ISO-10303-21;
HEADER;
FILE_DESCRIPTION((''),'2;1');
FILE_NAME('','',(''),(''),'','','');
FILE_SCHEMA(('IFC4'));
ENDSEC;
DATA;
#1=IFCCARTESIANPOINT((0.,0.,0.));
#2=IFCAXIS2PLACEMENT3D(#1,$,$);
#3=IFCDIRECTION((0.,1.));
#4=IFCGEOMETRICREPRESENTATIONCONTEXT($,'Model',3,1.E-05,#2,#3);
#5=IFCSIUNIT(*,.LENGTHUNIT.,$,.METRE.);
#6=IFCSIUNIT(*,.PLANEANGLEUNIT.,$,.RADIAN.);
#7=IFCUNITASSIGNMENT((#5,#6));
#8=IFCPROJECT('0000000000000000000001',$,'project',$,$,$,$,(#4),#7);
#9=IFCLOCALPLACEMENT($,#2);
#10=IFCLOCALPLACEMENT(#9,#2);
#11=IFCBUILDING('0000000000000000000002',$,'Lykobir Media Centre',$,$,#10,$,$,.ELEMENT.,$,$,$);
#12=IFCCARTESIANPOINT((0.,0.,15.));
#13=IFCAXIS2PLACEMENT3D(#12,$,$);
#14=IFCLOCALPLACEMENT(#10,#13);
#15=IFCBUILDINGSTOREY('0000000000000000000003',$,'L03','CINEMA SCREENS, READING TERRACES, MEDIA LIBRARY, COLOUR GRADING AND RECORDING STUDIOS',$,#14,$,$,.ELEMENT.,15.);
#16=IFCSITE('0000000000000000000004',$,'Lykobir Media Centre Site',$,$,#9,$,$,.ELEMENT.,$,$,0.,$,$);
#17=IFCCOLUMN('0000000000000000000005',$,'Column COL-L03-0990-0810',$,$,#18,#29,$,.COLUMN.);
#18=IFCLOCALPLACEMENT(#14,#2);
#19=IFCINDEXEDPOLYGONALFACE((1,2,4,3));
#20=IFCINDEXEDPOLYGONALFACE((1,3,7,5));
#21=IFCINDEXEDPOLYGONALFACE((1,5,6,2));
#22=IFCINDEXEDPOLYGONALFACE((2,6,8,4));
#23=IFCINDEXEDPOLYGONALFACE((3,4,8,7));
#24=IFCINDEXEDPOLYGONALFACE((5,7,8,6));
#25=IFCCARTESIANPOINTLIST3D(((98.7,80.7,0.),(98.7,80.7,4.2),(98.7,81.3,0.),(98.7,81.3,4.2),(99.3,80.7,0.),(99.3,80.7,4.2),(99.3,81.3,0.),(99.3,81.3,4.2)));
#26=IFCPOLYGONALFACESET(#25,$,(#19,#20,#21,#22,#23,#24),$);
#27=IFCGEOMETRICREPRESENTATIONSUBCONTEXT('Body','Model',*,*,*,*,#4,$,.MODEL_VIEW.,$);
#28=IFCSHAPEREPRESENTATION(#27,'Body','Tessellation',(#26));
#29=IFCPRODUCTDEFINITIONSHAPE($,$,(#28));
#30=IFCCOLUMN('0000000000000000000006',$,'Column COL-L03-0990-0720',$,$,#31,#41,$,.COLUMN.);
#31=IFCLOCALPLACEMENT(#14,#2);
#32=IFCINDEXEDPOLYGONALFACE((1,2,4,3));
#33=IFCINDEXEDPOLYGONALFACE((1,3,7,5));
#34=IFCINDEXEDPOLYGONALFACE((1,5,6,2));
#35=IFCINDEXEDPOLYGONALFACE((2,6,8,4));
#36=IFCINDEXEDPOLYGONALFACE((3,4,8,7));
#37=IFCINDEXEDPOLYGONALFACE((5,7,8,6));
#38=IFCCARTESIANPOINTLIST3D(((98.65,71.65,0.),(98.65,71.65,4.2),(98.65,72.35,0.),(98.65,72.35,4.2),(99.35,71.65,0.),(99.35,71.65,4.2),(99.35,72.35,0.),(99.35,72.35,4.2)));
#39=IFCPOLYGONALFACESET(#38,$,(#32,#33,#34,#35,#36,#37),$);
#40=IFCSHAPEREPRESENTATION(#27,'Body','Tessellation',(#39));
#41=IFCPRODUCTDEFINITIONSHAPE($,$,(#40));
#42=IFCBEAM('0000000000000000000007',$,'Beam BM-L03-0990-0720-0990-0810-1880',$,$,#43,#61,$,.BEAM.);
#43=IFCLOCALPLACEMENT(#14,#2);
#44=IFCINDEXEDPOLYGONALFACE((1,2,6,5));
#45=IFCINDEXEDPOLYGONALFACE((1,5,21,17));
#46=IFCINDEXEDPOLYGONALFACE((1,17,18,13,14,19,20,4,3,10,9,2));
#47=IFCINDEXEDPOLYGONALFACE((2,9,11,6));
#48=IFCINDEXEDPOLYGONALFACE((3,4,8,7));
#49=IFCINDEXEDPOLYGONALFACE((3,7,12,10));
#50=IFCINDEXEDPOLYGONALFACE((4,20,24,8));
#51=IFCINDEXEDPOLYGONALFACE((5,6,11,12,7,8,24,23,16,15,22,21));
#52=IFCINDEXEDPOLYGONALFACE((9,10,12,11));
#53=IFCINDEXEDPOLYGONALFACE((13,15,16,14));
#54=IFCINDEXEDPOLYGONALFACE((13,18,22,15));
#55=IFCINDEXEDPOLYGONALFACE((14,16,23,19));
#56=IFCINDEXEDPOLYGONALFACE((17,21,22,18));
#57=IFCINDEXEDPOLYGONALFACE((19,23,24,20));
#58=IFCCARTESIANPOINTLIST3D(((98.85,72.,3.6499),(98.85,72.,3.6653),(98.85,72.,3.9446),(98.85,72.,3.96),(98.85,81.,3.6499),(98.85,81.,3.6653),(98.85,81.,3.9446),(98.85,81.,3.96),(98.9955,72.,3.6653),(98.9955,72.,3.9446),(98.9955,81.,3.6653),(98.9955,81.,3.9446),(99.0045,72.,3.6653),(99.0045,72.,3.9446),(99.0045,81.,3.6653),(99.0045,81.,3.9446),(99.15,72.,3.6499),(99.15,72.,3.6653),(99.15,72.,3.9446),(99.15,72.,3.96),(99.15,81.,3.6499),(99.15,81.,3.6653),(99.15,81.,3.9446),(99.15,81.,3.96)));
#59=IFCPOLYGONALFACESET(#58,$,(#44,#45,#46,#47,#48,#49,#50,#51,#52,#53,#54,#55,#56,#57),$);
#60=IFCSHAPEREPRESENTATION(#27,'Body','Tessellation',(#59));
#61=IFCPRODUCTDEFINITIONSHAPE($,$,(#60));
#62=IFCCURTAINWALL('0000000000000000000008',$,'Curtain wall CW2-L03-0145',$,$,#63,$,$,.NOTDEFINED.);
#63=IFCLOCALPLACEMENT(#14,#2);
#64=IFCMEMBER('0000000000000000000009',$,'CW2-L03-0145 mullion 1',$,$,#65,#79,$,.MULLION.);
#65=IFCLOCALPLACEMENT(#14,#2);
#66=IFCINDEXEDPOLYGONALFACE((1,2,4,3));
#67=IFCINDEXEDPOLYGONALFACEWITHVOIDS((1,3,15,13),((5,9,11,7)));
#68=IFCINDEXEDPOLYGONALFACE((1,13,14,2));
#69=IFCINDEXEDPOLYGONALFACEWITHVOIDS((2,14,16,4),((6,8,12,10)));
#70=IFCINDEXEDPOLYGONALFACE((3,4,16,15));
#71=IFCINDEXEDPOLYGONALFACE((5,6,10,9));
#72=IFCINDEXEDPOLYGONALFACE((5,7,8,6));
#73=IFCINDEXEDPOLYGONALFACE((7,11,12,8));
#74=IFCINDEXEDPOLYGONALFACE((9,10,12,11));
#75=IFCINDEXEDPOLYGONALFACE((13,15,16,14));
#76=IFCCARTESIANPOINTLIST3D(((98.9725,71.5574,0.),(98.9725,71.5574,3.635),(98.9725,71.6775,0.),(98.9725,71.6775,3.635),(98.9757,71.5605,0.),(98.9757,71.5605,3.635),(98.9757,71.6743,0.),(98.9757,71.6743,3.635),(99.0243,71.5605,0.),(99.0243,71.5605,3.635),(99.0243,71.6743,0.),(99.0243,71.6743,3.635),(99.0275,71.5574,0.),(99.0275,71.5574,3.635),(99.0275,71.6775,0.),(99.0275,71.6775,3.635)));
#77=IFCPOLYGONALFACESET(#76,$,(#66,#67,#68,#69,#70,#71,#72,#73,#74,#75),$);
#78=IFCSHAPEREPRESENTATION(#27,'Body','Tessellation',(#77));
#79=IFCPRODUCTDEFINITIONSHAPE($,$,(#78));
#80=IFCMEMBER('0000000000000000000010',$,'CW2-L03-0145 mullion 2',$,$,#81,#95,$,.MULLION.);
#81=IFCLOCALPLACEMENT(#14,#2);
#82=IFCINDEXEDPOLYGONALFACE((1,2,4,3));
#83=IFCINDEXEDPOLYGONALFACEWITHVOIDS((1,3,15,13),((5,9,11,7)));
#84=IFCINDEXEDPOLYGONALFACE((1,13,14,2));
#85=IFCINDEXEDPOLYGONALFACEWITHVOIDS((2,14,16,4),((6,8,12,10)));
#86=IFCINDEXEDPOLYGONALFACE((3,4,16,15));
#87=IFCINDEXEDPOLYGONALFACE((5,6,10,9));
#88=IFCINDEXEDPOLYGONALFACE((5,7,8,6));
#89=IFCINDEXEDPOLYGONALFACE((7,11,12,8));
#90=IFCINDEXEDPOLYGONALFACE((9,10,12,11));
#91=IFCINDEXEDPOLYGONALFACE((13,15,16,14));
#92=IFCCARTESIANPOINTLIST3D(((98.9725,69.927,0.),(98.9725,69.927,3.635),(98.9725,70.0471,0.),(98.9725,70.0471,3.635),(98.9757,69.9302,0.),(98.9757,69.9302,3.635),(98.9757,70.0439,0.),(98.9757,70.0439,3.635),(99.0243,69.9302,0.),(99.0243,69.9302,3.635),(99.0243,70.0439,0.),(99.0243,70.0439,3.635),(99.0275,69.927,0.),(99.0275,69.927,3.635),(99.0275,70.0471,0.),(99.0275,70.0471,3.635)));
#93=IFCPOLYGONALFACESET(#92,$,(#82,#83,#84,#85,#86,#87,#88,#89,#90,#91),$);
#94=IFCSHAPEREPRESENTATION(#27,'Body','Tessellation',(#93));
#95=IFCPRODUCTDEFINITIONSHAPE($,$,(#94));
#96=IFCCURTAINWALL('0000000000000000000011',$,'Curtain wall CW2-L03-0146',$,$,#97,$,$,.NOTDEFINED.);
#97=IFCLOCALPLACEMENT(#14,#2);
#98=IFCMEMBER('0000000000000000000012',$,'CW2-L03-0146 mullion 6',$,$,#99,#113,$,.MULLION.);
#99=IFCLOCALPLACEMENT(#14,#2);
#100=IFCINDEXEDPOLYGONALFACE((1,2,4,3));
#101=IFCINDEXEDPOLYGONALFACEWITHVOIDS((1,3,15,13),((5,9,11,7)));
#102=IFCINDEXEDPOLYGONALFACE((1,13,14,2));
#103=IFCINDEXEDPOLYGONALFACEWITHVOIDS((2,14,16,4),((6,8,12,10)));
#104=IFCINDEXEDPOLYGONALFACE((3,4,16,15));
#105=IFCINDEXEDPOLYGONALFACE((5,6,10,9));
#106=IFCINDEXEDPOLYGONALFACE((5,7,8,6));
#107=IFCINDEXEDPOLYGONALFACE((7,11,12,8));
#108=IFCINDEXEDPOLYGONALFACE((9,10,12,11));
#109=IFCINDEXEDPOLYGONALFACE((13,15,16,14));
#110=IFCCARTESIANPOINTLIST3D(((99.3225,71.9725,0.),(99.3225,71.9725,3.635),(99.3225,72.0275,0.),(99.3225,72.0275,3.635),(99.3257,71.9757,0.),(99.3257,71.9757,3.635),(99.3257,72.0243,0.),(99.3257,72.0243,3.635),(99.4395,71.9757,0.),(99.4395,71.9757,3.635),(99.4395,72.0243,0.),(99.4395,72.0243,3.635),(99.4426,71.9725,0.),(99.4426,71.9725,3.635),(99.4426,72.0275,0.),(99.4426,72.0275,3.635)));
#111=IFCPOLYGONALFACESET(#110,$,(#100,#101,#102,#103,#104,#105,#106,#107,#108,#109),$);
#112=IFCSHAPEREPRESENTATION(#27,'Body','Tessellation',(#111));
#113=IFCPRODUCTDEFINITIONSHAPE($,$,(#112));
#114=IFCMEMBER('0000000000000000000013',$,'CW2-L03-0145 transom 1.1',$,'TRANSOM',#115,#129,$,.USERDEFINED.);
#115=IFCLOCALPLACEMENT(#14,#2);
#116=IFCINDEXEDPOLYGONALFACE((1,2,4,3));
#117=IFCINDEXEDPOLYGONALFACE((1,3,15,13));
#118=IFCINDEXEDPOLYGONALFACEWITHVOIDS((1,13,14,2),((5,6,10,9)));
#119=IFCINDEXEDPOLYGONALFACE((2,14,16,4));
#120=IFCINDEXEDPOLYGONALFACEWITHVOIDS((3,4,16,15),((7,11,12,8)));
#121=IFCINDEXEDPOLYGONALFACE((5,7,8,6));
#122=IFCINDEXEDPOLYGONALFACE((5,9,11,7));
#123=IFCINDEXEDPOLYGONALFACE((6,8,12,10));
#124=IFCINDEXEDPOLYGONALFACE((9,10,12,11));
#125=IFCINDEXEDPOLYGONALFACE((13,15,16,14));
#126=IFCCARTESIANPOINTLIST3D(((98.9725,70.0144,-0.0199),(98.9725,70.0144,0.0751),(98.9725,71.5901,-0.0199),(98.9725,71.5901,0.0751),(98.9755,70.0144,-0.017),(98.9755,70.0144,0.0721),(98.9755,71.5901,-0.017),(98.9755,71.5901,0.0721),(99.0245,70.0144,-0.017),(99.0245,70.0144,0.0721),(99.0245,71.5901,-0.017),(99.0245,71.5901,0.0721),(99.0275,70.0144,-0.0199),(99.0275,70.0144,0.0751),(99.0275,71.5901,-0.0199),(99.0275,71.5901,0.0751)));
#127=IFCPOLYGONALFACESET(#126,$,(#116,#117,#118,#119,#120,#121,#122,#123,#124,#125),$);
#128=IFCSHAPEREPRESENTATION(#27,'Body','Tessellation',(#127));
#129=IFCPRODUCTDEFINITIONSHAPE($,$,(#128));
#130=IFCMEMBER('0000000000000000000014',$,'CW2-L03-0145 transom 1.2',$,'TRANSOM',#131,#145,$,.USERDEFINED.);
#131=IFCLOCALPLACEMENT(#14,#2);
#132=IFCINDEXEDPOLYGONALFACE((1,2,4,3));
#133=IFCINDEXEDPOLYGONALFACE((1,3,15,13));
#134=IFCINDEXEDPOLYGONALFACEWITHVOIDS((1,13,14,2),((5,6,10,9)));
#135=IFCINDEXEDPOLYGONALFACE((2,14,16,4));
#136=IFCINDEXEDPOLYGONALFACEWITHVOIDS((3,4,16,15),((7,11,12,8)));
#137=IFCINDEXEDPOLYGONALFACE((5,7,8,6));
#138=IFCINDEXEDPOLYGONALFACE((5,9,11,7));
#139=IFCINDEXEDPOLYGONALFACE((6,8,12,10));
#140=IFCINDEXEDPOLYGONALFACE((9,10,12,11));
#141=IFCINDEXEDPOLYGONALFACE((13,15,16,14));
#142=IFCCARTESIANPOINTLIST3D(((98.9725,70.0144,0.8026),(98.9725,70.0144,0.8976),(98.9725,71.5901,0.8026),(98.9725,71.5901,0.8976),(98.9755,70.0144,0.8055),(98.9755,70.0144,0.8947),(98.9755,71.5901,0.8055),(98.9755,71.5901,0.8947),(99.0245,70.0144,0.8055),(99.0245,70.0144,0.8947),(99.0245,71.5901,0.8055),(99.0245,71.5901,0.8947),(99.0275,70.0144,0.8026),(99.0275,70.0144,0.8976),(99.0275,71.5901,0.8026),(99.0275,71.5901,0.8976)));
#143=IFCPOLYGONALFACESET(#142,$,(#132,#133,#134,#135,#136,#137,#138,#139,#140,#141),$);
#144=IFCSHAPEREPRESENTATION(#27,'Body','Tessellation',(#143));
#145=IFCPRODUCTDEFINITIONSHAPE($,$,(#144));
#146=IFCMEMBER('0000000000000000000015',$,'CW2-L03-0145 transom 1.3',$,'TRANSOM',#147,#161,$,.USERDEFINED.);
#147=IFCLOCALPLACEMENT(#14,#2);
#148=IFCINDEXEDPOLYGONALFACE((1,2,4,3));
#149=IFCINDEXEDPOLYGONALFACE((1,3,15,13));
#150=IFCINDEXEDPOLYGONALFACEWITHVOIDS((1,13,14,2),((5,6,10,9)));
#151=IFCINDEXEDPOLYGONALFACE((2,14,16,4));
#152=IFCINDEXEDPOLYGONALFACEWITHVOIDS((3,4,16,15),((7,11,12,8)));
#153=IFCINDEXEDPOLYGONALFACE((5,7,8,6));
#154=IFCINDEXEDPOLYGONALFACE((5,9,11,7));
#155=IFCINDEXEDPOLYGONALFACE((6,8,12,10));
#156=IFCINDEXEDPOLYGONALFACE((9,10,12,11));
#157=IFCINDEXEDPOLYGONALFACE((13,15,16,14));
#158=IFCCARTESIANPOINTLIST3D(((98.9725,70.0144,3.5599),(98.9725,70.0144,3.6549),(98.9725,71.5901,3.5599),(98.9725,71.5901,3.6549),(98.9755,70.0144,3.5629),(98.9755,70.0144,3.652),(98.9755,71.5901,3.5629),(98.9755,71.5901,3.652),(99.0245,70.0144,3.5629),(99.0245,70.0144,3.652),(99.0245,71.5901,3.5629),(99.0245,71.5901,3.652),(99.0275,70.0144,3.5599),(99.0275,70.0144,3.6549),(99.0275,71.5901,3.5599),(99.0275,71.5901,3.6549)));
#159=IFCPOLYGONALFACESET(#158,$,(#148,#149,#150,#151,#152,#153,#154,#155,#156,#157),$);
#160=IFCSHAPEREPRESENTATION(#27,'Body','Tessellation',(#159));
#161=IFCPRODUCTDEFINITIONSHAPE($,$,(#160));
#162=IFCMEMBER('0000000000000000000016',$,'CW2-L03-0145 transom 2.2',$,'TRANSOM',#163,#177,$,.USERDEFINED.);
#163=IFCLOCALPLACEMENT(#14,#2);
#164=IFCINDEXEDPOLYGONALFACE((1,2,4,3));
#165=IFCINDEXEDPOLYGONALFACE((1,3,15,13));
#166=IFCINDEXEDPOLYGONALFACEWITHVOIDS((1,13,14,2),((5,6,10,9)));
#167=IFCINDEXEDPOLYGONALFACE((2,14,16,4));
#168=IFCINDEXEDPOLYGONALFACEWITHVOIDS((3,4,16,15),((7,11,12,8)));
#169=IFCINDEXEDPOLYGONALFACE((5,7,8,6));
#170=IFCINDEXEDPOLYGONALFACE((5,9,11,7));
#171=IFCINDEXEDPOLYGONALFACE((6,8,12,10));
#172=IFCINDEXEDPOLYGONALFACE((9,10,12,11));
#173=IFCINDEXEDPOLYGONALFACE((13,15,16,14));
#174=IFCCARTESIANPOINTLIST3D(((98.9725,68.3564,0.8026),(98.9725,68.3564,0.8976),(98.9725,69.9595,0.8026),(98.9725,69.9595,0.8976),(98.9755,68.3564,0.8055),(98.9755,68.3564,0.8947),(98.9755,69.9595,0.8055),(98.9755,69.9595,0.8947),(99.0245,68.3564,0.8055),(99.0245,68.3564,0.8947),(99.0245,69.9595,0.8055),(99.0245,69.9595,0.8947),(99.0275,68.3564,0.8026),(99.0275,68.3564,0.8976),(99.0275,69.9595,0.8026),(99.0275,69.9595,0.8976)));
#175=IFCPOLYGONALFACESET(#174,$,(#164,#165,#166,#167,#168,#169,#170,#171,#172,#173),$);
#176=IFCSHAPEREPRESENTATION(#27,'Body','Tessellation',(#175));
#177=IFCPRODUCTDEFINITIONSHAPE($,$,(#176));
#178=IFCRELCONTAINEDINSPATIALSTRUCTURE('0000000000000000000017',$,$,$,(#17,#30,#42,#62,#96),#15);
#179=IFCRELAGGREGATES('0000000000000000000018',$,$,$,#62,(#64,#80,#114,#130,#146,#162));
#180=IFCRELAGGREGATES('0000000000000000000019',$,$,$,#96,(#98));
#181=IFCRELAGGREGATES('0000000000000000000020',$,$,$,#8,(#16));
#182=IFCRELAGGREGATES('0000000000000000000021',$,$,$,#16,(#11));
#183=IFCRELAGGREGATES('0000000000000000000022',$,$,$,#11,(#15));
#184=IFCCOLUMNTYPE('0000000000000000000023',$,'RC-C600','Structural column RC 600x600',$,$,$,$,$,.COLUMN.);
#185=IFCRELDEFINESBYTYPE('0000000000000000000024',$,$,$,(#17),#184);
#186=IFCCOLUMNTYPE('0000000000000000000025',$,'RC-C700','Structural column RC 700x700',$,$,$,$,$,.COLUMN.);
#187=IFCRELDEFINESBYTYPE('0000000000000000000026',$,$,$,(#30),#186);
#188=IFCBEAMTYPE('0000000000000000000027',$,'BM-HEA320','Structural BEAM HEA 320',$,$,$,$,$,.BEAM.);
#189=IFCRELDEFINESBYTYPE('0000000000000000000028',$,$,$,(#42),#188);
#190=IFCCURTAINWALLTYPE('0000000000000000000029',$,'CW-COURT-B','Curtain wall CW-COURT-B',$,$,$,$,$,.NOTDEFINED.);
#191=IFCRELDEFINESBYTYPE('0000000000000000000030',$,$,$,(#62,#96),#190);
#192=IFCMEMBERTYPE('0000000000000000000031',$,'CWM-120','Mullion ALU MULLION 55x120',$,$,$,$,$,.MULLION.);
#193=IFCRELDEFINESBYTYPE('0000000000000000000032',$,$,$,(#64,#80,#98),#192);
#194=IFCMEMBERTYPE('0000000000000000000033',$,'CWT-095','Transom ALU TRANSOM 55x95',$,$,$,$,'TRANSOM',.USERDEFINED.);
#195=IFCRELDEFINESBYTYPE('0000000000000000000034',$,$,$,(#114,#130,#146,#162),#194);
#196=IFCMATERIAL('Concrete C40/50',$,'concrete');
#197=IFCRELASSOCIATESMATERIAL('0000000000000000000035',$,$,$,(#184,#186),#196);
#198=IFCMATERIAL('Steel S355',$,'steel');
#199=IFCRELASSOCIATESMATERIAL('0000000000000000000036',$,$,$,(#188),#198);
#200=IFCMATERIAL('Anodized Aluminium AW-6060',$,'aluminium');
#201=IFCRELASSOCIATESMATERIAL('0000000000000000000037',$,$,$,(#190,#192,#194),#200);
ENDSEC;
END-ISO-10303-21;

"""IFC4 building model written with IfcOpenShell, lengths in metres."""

from ifc_helpers import new_model, si_unit, direction, frame, origin, origin_2d, place, context, subcontext, project, spatial, rectangle, hollow_rectangle, i_section, extrude, material, material_profile, profile_set, type_object, element, aggregate, save


model = new_model("IFC4")

# Units and contexts
model_context = context("Model", 3, precision=1e-05, world=origin(), true_north=direction((0.0, 1.0)))
body_context = subcontext(model_context, "Body", "Model", "MODEL_VIEW")
ifc_project = project(units=[si_unit("LENGTHUNIT", "METRE"), si_unit("PLANEANGLEUNIT", "RADIAN")], contexts=[model_context])

# Site, building, storey
site_placement = place(None, origin())
site = spatial("IfcSite", under=ifc_project, at=site_placement, Name="Lykobir Media Centre Site", CompositionType="ELEMENT", RefElevation=0.0)
building_placement = place(site_placement, origin())
building = spatial("IfcBuilding", under=site, at=building_placement, Name="Lykobir Media Centre", CompositionType="ELEMENT")
storey_placement = place(building_placement, frame((0.0, 0.0, 15.0)))
storey = spatial("IfcBuildingStorey", under=building, at=storey_placement, Name="L03", Description="CINEMA SCREENS, READING TERRACES, MEDIA LIBRARY, COLOUR GRADING AND RECORDING STUDIOS", CompositionType="ELEMENT", Elevation=15.0)

# Columns
ifc_material_1 = material(Name="Concrete C40/50", Category="concrete")
ifc_material_profile_1 = material_profile(ifc_material_1, rectangle(XDim=0.6001, YDim=0.6001, at=origin_2d()), Name="RC 600x600")
ifc_profile_set_1 = profile_set([ifc_material_profile_1], Name="Concrete C40/50")
column_type_1 = type_object("IfcColumnType", Name="RC-C600", Description="Structural column RC 600x600", PredefinedType="COLUMN", material=ifc_profile_set_1)
column_1_placement = place(storey_placement, frame((99.0, 81.0, 0.0), z_axis=(0.0, 0.0, 1.0), x_axis=(1.0, 0.0, 0.0)))
element("IfcColumn", 1, at=column_1_placement, inside=storey, type_object=column_type_1, Name="Column COL-L03-0990-0810", PredefinedType="COLUMN", context=body_context, shape_type="SweptSolid", body=[
    extrude(rectangle(XDim=0.6001, YDim=0.6001, at=origin_2d()), origin(), (0.0, 0.0, 1.0), 4.2),
])
ifc_material_profile_2 = material_profile(ifc_material_1, rectangle(XDim=0.7, YDim=0.7, at=origin_2d()), Name="RC 700x700")
ifc_profile_set_2 = profile_set([ifc_material_profile_2], Name="Concrete C40/50")
column_type_2 = type_object("IfcColumnType", Name="RC-C700", Description="Structural column RC 700x700", PredefinedType="COLUMN", material=ifc_profile_set_2)
column_2_placement = place(storey_placement, frame((99.0, 72.0, 0.0), z_axis=(0.0, 0.0, 1.0), x_axis=(1.0, 0.0, 0.0)))
element("IfcColumn", 2, at=column_2_placement, inside=storey, type_object=column_type_2, Name="Column COL-L03-0990-0720", PredefinedType="COLUMN", context=body_context, shape_type="SweptSolid", body=[
    extrude(rectangle(XDim=0.7, YDim=0.7, at=origin_2d()), origin(), (0.0, 0.0, 1.0), 4.2),
])

# Beam
ifc_material_2 = material(Name="Steel S355", Category="steel")
ifc_material_profile_3 = material_profile(ifc_material_2, i_section(OverallWidth=0.3, OverallDepth=0.3101, WebThickness=0.009, FlangeThickness=0.0154, at=origin_2d()), Name="HEA 320")
ifc_profile_set_3 = profile_set([ifc_material_profile_3], Name="Steel S355")
beam_type_1 = type_object("IfcBeamType", Name="BM-HEA320", Description="Structural BEAM HEA 320", PredefinedType="BEAM", material=ifc_profile_set_3)
beam_1_placement = place(storey_placement, frame((99.0, 72.0, 3.8049), z_axis=(0.0, 1.0, 0.0), x_axis=(-1.0, 0.0, 0.0)))
element("IfcBeam", 3, at=beam_1_placement, inside=storey, type_object=beam_type_1, Name="Beam BM-L03-0990-0720-0990-0810-1880", PredefinedType="BEAM", context=body_context, shape_type="SweptSolid", body=[
    extrude(i_section(OverallWidth=0.3, OverallDepth=0.3101, WebThickness=0.009, FlangeThickness=0.0154, at=origin_2d()), origin(), (0.0, 0.0, 1.0), 9.0),
])

# Curtain wall, members
ifc_material_3 = material(Name="Anodized Aluminium AW-6060", Category="aluminium")
curtain_wall_type = type_object("IfcCurtainWallType", Name="CW-COURT-B", Description="Curtain wall CW-COURT-B", PredefinedType="NOTDEFINED", material=ifc_material_3)
curtain_wall_1_placement = place(storey_placement, origin())
curtain_wall_1 = element("IfcCurtainWall", 4, at=curtain_wall_1_placement, inside=storey, type_object=curtain_wall_type, Name="Curtain wall CW2-L03-0145", PredefinedType="NOTDEFINED")
ifc_material_profile_4 = material_profile(ifc_material_3, hollow_rectangle(XDim=0.0549, YDim=0.1201, WallThickness=0.0032, at=origin_2d()), Name="ALU MULLION 55x120")
ifc_profile_set_4 = profile_set([ifc_material_profile_4], Name="Anodized Aluminium AW-6060")
member_type_1 = type_object("IfcMemberType", Name="CWM-120", Description="Mullion ALU MULLION 55x120", PredefinedType="MULLION", material=ifc_profile_set_4)
member_1_placement = place(storey_placement, frame((99.0, 71.6174, 0.0), z_axis=(0.0, 0.0, 1.0), x_axis=(1.0, 0.0, 0.0)))
member_1 = element("IfcMember", 5, at=member_1_placement, type_object=member_type_1, Name="CW2-L03-0145 mullion 1", PredefinedType="MULLION", context=body_context, shape_type="SweptSolid", body=[
    extrude(hollow_rectangle(XDim=0.0549, YDim=0.1201, WallThickness=0.0032, at=origin_2d()), origin(), (0.0, 0.0, 1.0), 3.635),
])
member_2_placement = place(storey_placement, frame((99.0, 69.9871, 0.0), z_axis=(0.0, 0.0, 1.0), x_axis=(1.0, 0.0, 0.0)))
member_2 = element("IfcMember", 6, at=member_2_placement, type_object=member_type_1, Name="CW2-L03-0145 mullion 2", PredefinedType="MULLION", context=body_context, shape_type="SweptSolid", body=[
    extrude(hollow_rectangle(XDim=0.0549, YDim=0.1201, WallThickness=0.0032, at=origin_2d()), origin(), (0.0, 0.0, 1.0), 3.635),
])

# Curtain wall, member
curtain_wall_2_placement = place(storey_placement, origin())
curtain_wall_2 = element("IfcCurtainWall", 7, at=curtain_wall_2_placement, inside=storey, type_object=curtain_wall_type, Name="Curtain wall CW2-L03-0146", PredefinedType="NOTDEFINED")
member_3_placement = place(storey_placement, frame((99.3826, 72.0, 0.0), z_axis=(0.0, 0.0, 1.0), x_axis=(0.0, -1.0, 0.0)))
member_3 = element("IfcMember", 8, at=member_3_placement, type_object=member_type_1, Name="CW2-L03-0146 mullion 6", PredefinedType="MULLION", context=body_context, shape_type="SweptSolid", body=[
    extrude(hollow_rectangle(XDim=0.0549, YDim=0.1201, WallThickness=0.0032, at=origin_2d()), origin(), (0.0, 0.0, 1.0), 3.635),
])

# Members
ifc_material_profile_5 = material_profile(ifc_material_3, hollow_rectangle(XDim=0.0549, YDim=0.095, WallThickness=0.0029, at=origin_2d()), Name="ALU TRANSOM 55x95")
ifc_profile_set_5 = profile_set([ifc_material_profile_5], Name="Anodized Aluminium AW-6060")
member_type_2 = type_object("IfcMemberType", Name="CWT-095", Description="Transom ALU TRANSOM 55x95", ElementType="TRANSOM", PredefinedType="USERDEFINED", material=ifc_profile_set_5)
member_4_placement = place(storey_placement, frame((99.0, 71.5901, 0.0276), z_axis=(0.0, -1.0, 0.0), x_axis=(1.0, 0.0, 0.0)))
member_4 = element("IfcMember", 9, at=member_4_placement, type_object=member_type_2, Name="CW2-L03-0145 transom 1.1", ObjectType="TRANSOM", PredefinedType="USERDEFINED", context=body_context, shape_type="SweptSolid", body=[
    extrude(hollow_rectangle(XDim=0.0549, YDim=0.095, WallThickness=0.0029, at=origin_2d()), origin(), (0.0, 0.0, 1.0), 1.5757),
])
member_5_placement = place(storey_placement, frame((99.0, 71.5901, 0.8501), z_axis=(0.0, -1.0, 0.0), x_axis=(1.0, 0.0, 0.0)))
member_5 = element("IfcMember", 10, at=member_5_placement, type_object=member_type_2, Name="CW2-L03-0145 transom 1.2", ObjectType="TRANSOM", PredefinedType="USERDEFINED", context=body_context, shape_type="SweptSolid", body=[
    extrude(hollow_rectangle(XDim=0.0549, YDim=0.095, WallThickness=0.0029, at=origin_2d()), origin(), (0.0, 0.0, 1.0), 1.5757),
])
member_6_placement = place(storey_placement, frame((99.0, 71.5901, 3.6074), z_axis=(0.0, -1.0, 0.0), x_axis=(1.0, 0.0, 0.0)))
member_6 = element("IfcMember", 11, at=member_6_placement, type_object=member_type_2, Name="CW2-L03-0145 transom 1.3", ObjectType="TRANSOM", PredefinedType="USERDEFINED", context=body_context, shape_type="SweptSolid", body=[
    extrude(hollow_rectangle(XDim=0.0549, YDim=0.095, WallThickness=0.0029, at=origin_2d()), origin(), (0.0, 0.0, 1.0), 1.5757),
])
member_7_placement = place(storey_placement, frame((99.0, 69.9595, 0.8501), z_axis=(0.0, -1.0, 0.0), x_axis=(1.0, 0.0, 0.0)))
member_7 = element("IfcMember", 12, at=member_7_placement, type_object=member_type_2, Name="CW2-L03-0145 transom 2.2", ObjectType="TRANSOM", PredefinedType="USERDEFINED", context=body_context, shape_type="SweptSolid", body=[
    extrude(hollow_rectangle(XDim=0.0549, YDim=0.095, WallThickness=0.0029, at=origin_2d()), origin(), (0.0, 0.0, 1.0), 1.603),
])

aggregate(curtain_wall_1, [member_1, member_2, member_4, member_5, member_6, member_7])
aggregate(curtain_wall_2, [member_3])

save(model, "model.ifc")
